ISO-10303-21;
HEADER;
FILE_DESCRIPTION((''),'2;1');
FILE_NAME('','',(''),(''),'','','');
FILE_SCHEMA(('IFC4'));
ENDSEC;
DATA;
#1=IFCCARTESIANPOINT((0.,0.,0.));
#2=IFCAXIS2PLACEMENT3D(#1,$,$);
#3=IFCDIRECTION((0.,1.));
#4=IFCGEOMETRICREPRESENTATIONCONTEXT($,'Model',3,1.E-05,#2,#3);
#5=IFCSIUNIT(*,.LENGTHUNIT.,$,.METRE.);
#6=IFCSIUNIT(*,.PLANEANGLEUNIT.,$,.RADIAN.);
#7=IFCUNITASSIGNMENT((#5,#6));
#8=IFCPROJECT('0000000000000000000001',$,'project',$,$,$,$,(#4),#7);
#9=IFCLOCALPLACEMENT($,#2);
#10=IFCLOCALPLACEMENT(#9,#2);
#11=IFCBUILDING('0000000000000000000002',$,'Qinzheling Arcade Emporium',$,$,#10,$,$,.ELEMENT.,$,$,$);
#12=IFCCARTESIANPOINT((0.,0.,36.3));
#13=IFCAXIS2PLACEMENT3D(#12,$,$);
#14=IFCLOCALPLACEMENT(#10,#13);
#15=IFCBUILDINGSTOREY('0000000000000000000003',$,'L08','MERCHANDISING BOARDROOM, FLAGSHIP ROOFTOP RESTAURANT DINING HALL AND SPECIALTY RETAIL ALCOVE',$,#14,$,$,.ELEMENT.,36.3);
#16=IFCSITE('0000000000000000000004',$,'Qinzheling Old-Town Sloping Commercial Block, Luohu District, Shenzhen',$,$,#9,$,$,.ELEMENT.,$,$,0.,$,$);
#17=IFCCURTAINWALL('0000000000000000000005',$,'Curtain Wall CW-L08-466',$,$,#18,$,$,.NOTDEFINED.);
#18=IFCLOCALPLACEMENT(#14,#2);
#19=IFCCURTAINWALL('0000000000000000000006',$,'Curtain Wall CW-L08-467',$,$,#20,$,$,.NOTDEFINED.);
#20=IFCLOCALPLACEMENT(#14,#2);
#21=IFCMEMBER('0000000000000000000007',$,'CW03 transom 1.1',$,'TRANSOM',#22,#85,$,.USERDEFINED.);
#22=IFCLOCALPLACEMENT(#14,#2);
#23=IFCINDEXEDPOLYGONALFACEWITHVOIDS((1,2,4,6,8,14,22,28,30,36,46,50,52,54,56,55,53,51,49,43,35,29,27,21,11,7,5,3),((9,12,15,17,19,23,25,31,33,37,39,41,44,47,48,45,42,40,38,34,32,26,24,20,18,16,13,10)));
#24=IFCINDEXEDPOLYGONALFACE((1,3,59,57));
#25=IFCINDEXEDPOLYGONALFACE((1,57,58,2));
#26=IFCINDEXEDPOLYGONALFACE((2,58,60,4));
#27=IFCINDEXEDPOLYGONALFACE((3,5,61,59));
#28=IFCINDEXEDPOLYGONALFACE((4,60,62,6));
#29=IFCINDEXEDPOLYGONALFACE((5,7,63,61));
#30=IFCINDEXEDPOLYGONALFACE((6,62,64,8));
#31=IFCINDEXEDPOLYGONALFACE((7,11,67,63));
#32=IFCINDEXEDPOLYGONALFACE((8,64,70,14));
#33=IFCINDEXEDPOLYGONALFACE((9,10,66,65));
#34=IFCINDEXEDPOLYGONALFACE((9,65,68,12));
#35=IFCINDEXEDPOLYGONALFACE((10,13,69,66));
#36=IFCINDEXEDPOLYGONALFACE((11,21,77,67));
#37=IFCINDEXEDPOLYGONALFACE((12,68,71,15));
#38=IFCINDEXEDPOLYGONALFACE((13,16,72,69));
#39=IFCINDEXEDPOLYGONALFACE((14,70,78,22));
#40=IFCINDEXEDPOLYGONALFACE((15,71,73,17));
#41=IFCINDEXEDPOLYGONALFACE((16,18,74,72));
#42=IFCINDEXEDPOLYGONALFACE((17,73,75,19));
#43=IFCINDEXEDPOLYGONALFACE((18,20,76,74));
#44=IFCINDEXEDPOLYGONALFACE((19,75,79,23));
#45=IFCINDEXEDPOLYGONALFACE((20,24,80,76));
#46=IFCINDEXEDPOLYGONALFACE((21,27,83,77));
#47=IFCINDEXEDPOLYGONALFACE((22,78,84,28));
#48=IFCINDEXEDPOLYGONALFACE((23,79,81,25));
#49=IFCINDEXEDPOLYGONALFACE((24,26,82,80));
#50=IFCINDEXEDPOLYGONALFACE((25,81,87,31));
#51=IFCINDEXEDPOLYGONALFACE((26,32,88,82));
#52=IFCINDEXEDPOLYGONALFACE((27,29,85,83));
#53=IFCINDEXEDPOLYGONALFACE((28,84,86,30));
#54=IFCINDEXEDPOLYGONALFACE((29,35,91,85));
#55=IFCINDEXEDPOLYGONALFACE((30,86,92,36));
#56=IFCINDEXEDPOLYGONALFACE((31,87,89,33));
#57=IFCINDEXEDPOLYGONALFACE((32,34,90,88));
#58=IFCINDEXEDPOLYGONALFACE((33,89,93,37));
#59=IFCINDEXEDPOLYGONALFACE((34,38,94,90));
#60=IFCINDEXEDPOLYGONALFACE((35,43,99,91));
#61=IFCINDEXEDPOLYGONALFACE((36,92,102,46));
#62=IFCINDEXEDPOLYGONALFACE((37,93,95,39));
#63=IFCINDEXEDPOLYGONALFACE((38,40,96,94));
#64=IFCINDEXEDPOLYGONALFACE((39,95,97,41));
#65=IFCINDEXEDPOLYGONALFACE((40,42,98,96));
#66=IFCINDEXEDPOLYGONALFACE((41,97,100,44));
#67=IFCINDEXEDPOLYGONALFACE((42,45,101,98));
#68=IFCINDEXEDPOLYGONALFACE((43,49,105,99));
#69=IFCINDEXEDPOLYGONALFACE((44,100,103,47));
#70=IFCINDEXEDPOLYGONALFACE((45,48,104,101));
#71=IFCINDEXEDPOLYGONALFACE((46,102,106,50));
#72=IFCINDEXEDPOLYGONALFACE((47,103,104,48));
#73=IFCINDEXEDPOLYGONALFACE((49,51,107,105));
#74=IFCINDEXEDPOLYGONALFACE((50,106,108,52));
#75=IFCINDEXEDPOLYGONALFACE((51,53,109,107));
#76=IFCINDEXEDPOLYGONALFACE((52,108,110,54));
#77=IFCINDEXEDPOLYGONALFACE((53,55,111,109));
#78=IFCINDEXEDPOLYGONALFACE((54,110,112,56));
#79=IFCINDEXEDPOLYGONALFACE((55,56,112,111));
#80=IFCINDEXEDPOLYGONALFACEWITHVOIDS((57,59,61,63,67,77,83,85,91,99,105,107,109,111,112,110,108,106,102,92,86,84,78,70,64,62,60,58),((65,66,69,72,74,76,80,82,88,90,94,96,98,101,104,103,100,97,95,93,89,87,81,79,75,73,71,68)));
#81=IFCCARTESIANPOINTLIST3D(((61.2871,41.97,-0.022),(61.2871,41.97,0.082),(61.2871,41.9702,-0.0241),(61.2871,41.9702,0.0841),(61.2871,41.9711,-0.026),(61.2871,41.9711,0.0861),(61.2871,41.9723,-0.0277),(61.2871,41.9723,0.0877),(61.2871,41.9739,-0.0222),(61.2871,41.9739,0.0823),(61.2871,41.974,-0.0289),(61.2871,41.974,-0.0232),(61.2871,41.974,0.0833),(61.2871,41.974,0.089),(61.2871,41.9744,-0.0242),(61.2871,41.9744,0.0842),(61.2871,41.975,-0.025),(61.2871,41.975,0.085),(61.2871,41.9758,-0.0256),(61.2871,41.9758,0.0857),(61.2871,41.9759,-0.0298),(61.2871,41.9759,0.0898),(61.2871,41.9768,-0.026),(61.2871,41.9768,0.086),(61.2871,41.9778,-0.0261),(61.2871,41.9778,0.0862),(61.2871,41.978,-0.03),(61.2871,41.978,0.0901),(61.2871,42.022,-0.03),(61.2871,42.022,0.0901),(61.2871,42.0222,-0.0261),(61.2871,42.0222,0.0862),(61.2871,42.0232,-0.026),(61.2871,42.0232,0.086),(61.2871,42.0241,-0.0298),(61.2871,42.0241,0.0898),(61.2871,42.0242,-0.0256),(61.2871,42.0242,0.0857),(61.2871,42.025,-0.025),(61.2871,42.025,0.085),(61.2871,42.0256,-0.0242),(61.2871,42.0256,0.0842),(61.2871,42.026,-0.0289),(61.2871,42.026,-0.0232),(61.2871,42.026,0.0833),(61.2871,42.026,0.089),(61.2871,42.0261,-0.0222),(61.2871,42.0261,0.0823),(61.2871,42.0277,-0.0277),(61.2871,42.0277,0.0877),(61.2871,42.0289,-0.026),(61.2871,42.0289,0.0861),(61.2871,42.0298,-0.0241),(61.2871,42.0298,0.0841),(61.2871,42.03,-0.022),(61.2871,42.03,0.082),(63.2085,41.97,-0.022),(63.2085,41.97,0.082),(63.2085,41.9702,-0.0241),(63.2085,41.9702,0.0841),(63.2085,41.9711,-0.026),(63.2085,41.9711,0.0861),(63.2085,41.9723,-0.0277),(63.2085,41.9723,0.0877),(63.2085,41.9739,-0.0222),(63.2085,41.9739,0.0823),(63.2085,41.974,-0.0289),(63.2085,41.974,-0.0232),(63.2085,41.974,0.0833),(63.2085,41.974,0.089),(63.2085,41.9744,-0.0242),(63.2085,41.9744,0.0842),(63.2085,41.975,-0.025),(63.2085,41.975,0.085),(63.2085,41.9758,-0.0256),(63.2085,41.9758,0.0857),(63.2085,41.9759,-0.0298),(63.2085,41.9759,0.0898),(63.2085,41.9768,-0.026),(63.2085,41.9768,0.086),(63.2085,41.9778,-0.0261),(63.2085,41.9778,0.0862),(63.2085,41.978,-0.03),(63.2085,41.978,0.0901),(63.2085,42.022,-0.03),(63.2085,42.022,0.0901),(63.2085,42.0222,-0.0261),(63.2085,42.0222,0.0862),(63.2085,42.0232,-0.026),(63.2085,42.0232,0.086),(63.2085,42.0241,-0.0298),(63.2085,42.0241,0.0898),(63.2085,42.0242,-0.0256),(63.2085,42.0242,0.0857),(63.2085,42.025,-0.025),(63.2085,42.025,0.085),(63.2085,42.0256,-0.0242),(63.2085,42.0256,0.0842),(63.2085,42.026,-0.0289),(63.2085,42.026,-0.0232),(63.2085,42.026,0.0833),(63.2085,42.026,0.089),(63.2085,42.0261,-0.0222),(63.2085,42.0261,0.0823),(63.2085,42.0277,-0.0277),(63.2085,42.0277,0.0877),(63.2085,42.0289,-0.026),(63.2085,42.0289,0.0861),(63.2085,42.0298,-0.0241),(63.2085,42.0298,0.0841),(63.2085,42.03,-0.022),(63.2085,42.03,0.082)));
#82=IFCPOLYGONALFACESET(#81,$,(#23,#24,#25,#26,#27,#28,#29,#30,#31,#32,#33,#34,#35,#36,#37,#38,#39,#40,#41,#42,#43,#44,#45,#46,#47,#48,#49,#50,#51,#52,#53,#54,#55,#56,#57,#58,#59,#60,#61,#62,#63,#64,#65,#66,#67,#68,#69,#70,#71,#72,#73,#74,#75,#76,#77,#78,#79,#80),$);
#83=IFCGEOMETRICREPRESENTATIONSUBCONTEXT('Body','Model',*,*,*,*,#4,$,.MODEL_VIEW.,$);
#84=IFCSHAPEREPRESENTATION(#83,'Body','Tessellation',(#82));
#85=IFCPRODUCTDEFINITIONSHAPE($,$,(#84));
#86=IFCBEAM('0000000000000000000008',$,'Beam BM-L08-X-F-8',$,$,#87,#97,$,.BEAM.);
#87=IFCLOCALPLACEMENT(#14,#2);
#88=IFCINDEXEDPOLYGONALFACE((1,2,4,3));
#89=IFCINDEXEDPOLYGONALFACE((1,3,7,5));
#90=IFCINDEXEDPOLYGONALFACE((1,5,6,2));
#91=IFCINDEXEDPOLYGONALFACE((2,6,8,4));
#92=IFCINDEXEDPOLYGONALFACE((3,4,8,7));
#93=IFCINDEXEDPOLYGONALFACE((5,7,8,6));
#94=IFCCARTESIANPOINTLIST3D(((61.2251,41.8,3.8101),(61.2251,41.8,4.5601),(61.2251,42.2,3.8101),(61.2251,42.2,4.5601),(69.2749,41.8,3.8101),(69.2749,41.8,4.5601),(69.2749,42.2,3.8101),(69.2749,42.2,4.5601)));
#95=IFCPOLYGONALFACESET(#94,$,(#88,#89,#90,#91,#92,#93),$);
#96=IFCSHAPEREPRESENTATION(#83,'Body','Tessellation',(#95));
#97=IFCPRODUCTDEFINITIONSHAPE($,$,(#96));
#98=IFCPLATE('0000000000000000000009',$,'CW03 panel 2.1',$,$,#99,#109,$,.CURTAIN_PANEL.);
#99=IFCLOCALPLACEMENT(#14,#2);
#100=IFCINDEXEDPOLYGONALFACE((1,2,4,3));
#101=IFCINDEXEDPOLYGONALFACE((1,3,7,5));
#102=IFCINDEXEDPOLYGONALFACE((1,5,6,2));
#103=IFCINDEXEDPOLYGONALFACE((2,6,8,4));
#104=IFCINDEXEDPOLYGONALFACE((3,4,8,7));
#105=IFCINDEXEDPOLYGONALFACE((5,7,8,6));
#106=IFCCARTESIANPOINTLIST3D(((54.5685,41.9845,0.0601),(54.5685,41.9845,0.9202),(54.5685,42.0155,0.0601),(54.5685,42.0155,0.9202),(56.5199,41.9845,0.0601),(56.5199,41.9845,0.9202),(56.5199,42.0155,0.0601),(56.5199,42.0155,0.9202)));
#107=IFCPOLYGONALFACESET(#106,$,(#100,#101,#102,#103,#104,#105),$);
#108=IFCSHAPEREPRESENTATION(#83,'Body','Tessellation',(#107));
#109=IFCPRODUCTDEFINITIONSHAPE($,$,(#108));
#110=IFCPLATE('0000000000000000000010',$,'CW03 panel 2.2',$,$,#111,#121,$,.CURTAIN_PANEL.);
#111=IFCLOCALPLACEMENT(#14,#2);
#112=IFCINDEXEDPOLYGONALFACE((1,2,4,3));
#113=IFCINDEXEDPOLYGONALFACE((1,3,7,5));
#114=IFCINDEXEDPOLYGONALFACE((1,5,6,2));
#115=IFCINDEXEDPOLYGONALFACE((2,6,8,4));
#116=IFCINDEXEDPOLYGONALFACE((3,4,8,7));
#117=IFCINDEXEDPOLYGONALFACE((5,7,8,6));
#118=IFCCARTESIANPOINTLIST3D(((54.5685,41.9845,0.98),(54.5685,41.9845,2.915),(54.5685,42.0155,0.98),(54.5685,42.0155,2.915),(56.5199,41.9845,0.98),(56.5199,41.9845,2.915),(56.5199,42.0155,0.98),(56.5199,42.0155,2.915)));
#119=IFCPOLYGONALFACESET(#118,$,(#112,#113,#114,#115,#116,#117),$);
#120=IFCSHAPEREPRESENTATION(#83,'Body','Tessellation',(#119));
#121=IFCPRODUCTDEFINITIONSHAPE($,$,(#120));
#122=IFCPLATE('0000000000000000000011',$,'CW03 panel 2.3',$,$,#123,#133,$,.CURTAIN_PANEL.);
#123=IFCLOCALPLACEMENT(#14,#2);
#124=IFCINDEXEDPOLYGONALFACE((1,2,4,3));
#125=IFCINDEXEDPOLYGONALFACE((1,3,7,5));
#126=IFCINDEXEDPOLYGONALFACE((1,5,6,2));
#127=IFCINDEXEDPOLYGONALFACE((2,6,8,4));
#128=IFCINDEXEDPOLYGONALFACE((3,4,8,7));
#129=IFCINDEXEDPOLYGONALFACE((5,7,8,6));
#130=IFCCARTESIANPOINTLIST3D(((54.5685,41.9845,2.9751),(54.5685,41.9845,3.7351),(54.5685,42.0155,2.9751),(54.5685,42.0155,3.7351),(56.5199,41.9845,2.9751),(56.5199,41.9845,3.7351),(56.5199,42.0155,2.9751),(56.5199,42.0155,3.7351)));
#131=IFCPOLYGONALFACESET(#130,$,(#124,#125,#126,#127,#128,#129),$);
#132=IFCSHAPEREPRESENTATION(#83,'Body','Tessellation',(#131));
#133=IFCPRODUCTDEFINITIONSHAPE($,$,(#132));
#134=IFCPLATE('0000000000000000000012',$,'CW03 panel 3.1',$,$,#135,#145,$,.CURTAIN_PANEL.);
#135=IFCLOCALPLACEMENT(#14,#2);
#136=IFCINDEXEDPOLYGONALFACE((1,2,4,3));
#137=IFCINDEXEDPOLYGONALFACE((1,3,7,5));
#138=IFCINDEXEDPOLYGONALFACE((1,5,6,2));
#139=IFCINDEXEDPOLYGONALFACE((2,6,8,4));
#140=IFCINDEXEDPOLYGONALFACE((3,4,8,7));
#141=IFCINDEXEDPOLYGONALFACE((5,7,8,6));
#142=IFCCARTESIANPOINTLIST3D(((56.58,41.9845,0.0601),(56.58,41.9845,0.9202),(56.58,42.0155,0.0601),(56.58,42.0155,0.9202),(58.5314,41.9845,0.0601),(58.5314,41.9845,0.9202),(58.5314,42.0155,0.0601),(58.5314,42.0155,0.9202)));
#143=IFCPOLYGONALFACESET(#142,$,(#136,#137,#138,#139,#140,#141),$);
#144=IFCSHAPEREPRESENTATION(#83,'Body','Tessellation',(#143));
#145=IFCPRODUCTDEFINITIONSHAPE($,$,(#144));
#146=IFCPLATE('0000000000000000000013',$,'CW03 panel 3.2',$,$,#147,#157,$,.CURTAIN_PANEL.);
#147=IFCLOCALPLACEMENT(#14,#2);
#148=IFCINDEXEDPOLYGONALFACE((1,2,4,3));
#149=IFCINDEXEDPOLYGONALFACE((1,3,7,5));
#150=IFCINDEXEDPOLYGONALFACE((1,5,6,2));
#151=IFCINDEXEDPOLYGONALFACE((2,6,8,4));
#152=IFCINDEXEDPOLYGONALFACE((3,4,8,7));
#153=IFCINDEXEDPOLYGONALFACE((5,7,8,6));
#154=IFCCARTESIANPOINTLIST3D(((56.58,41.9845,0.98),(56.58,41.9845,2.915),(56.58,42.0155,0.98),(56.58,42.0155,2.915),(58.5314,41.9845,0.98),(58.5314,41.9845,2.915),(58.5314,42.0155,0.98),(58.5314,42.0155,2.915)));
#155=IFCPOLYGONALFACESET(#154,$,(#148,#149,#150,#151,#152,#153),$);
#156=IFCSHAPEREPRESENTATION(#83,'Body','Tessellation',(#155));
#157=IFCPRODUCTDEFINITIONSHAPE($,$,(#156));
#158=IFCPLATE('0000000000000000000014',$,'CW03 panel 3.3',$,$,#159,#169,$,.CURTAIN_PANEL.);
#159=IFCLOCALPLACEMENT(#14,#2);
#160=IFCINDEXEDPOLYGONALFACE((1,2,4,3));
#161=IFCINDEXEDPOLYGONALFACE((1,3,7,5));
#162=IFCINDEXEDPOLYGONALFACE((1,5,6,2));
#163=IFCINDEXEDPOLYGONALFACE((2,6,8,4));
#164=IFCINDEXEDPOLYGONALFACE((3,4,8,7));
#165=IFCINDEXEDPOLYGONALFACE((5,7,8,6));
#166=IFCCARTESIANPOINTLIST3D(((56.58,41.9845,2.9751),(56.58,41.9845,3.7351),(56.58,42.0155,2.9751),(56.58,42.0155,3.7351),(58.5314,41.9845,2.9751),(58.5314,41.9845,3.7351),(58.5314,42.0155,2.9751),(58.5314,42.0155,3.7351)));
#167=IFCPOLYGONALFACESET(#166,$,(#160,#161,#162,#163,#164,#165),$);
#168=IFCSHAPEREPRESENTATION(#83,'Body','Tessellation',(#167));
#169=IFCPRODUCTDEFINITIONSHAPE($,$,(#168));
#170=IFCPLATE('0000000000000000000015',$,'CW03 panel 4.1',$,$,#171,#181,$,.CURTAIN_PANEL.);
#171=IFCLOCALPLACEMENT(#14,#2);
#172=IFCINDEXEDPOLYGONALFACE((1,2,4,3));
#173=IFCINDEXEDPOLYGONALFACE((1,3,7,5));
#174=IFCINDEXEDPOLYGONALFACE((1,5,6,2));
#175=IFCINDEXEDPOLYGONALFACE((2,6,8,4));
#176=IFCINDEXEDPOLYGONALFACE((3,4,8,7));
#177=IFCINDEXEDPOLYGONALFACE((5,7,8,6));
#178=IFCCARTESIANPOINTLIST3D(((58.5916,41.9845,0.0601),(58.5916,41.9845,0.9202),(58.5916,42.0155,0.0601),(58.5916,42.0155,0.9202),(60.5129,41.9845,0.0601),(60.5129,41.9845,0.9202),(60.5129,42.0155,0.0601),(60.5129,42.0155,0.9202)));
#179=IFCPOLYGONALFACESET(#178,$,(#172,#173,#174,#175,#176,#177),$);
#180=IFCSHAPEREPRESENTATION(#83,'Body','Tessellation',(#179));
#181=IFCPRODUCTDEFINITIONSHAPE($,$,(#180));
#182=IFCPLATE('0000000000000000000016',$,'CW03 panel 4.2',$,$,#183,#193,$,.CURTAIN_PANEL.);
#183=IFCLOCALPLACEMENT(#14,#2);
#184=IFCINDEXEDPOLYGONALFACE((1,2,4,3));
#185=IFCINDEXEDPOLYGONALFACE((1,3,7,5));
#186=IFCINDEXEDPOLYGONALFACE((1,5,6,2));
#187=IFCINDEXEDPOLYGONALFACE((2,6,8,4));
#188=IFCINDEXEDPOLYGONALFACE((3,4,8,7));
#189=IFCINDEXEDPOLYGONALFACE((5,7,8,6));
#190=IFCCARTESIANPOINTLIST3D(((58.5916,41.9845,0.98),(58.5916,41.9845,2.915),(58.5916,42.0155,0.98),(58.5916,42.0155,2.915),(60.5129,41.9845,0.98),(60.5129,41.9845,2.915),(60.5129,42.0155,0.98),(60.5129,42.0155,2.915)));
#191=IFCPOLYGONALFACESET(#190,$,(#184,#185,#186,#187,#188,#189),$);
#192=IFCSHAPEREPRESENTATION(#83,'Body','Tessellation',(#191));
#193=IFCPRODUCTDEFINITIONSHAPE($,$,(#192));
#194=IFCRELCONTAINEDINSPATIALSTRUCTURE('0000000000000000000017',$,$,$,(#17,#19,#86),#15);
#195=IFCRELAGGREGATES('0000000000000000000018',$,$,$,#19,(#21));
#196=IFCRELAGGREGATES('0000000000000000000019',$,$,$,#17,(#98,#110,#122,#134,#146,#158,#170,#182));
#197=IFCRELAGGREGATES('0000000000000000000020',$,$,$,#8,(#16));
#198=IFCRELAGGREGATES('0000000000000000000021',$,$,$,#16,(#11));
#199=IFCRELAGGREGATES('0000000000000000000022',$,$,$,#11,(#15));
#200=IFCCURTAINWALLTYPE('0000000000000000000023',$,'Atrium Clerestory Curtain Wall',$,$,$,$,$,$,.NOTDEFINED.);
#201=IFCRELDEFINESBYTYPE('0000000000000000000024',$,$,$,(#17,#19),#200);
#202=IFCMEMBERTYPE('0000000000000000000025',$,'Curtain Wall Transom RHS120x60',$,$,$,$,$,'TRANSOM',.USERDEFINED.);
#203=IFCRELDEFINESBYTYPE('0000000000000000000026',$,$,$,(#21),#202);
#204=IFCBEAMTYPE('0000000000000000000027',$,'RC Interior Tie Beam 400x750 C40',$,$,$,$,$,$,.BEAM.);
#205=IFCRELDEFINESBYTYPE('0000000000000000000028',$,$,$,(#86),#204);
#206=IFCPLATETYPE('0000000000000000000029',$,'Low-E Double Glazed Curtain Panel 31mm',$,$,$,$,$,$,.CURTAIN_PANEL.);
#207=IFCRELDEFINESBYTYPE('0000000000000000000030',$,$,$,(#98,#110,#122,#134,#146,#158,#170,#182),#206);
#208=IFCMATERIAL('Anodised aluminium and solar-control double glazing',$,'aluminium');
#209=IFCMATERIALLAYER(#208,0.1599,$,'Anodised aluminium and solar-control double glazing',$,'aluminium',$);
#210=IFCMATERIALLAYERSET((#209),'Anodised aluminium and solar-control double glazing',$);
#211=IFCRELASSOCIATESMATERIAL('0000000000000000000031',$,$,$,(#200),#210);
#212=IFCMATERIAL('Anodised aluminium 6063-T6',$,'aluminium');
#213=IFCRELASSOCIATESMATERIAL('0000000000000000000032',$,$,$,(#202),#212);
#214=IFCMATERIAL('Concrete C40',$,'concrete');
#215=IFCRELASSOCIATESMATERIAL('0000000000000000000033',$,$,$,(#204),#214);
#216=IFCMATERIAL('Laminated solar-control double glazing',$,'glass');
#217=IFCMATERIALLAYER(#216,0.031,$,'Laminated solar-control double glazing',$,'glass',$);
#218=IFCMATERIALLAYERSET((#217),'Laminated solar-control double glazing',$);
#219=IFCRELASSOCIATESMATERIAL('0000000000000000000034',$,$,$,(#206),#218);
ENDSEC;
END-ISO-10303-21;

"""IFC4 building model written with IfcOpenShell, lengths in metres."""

from ifc_helpers import new_model, si_unit, direction, frame, origin, origin_2d, place, context, subcontext, project, spatial, rectangle, hollow_rectangle, extrude, material, layer, layer_set, material_profile, profile_set, type_object, element, aggregate, save


model = new_model("IFC4")

# Units and contexts
model_context = context("Model", 3, precision=1e-05, world=origin(), true_north=direction((0.0, 1.0)))
body_context = subcontext(model_context, "Body", "Model", "MODEL_VIEW")
ifc_project = project(units=[si_unit("LENGTHUNIT", "METRE"), si_unit("PLANEANGLEUNIT", "RADIAN")], contexts=[model_context])

# Site, building, storey
site_placement = place(None, origin())
site = spatial("IfcSite", under=ifc_project, at=site_placement, Name="Qinzheling Old-Town Sloping Commercial Block, Luohu District, Shenzhen", CompositionType="ELEMENT", RefElevation=0.0)
building_placement = place(site_placement, origin())
building = spatial("IfcBuilding", under=site, at=building_placement, Name="Qinzheling Arcade Emporium", CompositionType="ELEMENT")
storey_placement = place(building_placement, frame((0.0, 0.0, 36.3)))
storey = spatial("IfcBuildingStorey", under=building, at=storey_placement, Name="L08", Description="MERCHANDISING BOARDROOM, FLAGSHIP ROOFTOP RESTAURANT DINING HALL AND SPECIALTY RETAIL ALCOVE", CompositionType="ELEMENT", Elevation=36.3)

# Shared definitions
ifc_material_1 = material(Name="Concrete C40", Category="concrete")

# Curtain wall
ifc_material_2 = material(Name="Anodised aluminium and solar-control double glazing", Category="aluminium")
ifc_layer_1 = layer(ifc_material_2, 0.1599, Name="Anodised aluminium and solar-control double glazing", Category="aluminium")
ifc_layer_set_1 = layer_set([ifc_layer_1], Name="Anodised aluminium and solar-control double glazing")
curtain_wall_type = type_object("IfcCurtainWallType", Name="Atrium Clerestory Curtain Wall", PredefinedType="NOTDEFINED", material=ifc_layer_set_1)
curtain_wall_1_placement = place(storey_placement, origin())
curtain_wall_1 = element("IfcCurtainWall", 1, at=curtain_wall_1_placement, inside=storey, type_object=curtain_wall_type, Name="Curtain Wall CW-L08-466", PredefinedType="NOTDEFINED")
ifc_material_3 = material(Name="Anodised aluminium 6063-T6", Category="aluminium")

# Curtain wall
curtain_wall_2_placement = place(storey_placement, origin())
curtain_wall_2 = element("IfcCurtainWall", 2, at=curtain_wall_2_placement, inside=storey, type_object=curtain_wall_type, Name="Curtain Wall CW-L08-467", PredefinedType="NOTDEFINED")

# Member
ifc_material_profile_1 = material_profile(ifc_material_3, hollow_rectangle(XDim=0.0601, YDim=0.1201, WallThickness=0.0039, InnerFilletRadius=0.0039, OuterFilletRadius=0.0081, at=origin_2d()), Name="RHS 120x60x4", Category="aluminium")
ifc_profile_set_1 = profile_set([ifc_material_profile_1], Name="Anodised aluminium 6063-T6")
member_type_1 = type_object("IfcMemberType", Name="Curtain Wall Transom RHS120x60", ElementType="TRANSOM", PredefinedType="USERDEFINED", material=ifc_profile_set_1)
member_1_placement = place(storey_placement, frame((61.2871, 42.0, 0.03), z_axis=(1.0, 0.0, 0.0), x_axis=(0.0, 1.0, 0.0)))
member_1 = element("IfcMember", 3, at=member_1_placement, type_object=member_type_1, Name="CW03 transom 1.1", ObjectType="TRANSOM", PredefinedType="USERDEFINED", context=body_context, shape_type="SweptSolid", body=[
    extrude(hollow_rectangle(XDim=0.0601, YDim=0.1201, WallThickness=0.0039, InnerFilletRadius=0.0039, OuterFilletRadius=0.0081, at=origin_2d()), origin(), (0.0, 0.0, 1.0), 1.9214),
])
aggregate(curtain_wall_2, [member_1])

# Beam
ifc_material_profile_2 = material_profile(ifc_material_1, rectangle(XDim=0.3999, YDim=0.75, at=origin_2d()), Name="RC 400x750", Category="concrete")
ifc_profile_set_2 = profile_set([ifc_material_profile_2], Name="Concrete C40")
beam_type = type_object("IfcBeamType", Name="RC Interior Tie Beam 400x750 C40", PredefinedType="BEAM", material=ifc_profile_set_2)
beam_placement = place(storey_placement, frame((61.2251, 42.0, 4.1851), z_axis=(1.0, 0.0, 0.0), x_axis=(0.0, 1.0, 0.0)))
element("IfcBeam", 4, at=beam_placement, inside=storey, type_object=beam_type, Name="Beam BM-L08-X-F-8", PredefinedType="BEAM", context=body_context, shape_type="SweptSolid", body=[
    extrude(rectangle(XDim=0.3999, YDim=0.75, at=origin_2d()), origin(), (0.0, 0.0, 1.0), 8.0498),
])

# Plates
ifc_material_4 = material(Name="Laminated solar-control double glazing", Category="glass")
ifc_layer_2 = layer(ifc_material_4, 0.031, Name="Laminated solar-control double glazing", Category="glass")
ifc_layer_set_2 = layer_set([ifc_layer_2], Name="Laminated solar-control double glazing")
plate_type = type_object("IfcPlateType", Name="Low-E Double Glazed Curtain Panel 31mm", PredefinedType="CURTAIN_PANEL", material=ifc_layer_set_2)
plate_1_placement = place(storey_placement, frame((55.5442, 42.0, 0.0601), z_axis=(0.0, 0.0, 1.0), x_axis=(1.0, 0.0, 0.0)))
plate_1 = element("IfcPlate", 5, at=plate_1_placement, type_object=plate_type, Name="CW03 panel 2.1", PredefinedType="CURTAIN_PANEL", context=body_context, shape_type="SweptSolid", body=[
    extrude(rectangle(XDim=1.9514, YDim=0.031, at=origin_2d()), origin(), (0.0, 0.0, 1.0), 0.8601),
])
plate_2_placement = place(storey_placement, frame((55.5442, 42.0, 0.98), z_axis=(0.0, 0.0, 1.0), x_axis=(1.0, 0.0, 0.0)))
plate_2 = element("IfcPlate", 6, at=plate_2_placement, type_object=plate_type, Name="CW03 panel 2.2", PredefinedType="CURTAIN_PANEL", context=body_context, shape_type="SweptSolid", body=[
    extrude(rectangle(XDim=1.9514, YDim=0.031, at=origin_2d()), origin(), (0.0, 0.0, 1.0), 1.9351),
])
plate_3_placement = place(storey_placement, frame((55.5442, 42.0, 2.9751), z_axis=(0.0, 0.0, 1.0), x_axis=(1.0, 0.0, 0.0)))
plate_3 = element("IfcPlate", 7, at=plate_3_placement, type_object=plate_type, Name="CW03 panel 2.3", PredefinedType="CURTAIN_PANEL", context=body_context, shape_type="SweptSolid", body=[
    extrude(rectangle(XDim=1.9514, YDim=0.031, at=origin_2d()), origin(), (0.0, 0.0, 1.0), 0.76),
])
plate_4_placement = place(storey_placement, frame((57.5557, 42.0, 0.0601), z_axis=(0.0, 0.0, 1.0), x_axis=(1.0, 0.0, 0.0)))
plate_4 = element("IfcPlate", 8, at=plate_4_placement, type_object=plate_type, Name="CW03 panel 3.1", PredefinedType="CURTAIN_PANEL", context=body_context, shape_type="SweptSolid", body=[
    extrude(rectangle(XDim=1.9514, YDim=0.031, at=origin_2d()), origin(), (0.0, 0.0, 1.0), 0.8601),
])
plate_5_placement = place(storey_placement, frame((57.5557, 42.0, 0.98), z_axis=(0.0, 0.0, 1.0), x_axis=(1.0, 0.0, 0.0)))
plate_5 = element("IfcPlate", 9, at=plate_5_placement, type_object=plate_type, Name="CW03 panel 3.2", PredefinedType="CURTAIN_PANEL", context=body_context, shape_type="SweptSolid", body=[
    extrude(rectangle(XDim=1.9514, YDim=0.031, at=origin_2d()), origin(), (0.0, 0.0, 1.0), 1.9351),
])
plate_6_placement = place(storey_placement, frame((57.5557, 42.0, 2.9751), z_axis=(0.0, 0.0, 1.0), x_axis=(1.0, 0.0, 0.0)))
plate_6 = element("IfcPlate", 10, at=plate_6_placement, type_object=plate_type, Name="CW03 panel 3.3", PredefinedType="CURTAIN_PANEL", context=body_context, shape_type="SweptSolid", body=[
    extrude(rectangle(XDim=1.9514, YDim=0.031, at=origin_2d()), origin(), (0.0, 0.0, 1.0), 0.76),
])
plate_7_placement = place(storey_placement, frame((59.5522, 42.0, 0.0601), z_axis=(0.0, 0.0, 1.0), x_axis=(1.0, 0.0, 0.0)))
plate_7 = element("IfcPlate", 11, at=plate_7_placement, type_object=plate_type, Name="CW03 panel 4.1", PredefinedType="CURTAIN_PANEL", context=body_context, shape_type="SweptSolid", body=[
    extrude(rectangle(XDim=1.9214, YDim=0.031, at=origin_2d()), origin(), (0.0, 0.0, 1.0), 0.8601),
])
plate_8_placement = place(storey_placement, frame((59.5522, 42.0, 0.98), z_axis=(0.0, 0.0, 1.0), x_axis=(1.0, 0.0, 0.0)))
plate_8 = element("IfcPlate", 12, at=plate_8_placement, type_object=plate_type, Name="CW03 panel 4.2", PredefinedType="CURTAIN_PANEL", context=body_context, shape_type="SweptSolid", body=[
    extrude(rectangle(XDim=1.9214, YDim=0.031, at=origin_2d()), origin(), (0.0, 0.0, 1.0), 1.9351),
])
aggregate(curtain_wall_1, [plate_1, plate_2, plate_3, plate_4, plate_5, plate_6, plate_7, plate_8])

save(model, "model.ifc")
